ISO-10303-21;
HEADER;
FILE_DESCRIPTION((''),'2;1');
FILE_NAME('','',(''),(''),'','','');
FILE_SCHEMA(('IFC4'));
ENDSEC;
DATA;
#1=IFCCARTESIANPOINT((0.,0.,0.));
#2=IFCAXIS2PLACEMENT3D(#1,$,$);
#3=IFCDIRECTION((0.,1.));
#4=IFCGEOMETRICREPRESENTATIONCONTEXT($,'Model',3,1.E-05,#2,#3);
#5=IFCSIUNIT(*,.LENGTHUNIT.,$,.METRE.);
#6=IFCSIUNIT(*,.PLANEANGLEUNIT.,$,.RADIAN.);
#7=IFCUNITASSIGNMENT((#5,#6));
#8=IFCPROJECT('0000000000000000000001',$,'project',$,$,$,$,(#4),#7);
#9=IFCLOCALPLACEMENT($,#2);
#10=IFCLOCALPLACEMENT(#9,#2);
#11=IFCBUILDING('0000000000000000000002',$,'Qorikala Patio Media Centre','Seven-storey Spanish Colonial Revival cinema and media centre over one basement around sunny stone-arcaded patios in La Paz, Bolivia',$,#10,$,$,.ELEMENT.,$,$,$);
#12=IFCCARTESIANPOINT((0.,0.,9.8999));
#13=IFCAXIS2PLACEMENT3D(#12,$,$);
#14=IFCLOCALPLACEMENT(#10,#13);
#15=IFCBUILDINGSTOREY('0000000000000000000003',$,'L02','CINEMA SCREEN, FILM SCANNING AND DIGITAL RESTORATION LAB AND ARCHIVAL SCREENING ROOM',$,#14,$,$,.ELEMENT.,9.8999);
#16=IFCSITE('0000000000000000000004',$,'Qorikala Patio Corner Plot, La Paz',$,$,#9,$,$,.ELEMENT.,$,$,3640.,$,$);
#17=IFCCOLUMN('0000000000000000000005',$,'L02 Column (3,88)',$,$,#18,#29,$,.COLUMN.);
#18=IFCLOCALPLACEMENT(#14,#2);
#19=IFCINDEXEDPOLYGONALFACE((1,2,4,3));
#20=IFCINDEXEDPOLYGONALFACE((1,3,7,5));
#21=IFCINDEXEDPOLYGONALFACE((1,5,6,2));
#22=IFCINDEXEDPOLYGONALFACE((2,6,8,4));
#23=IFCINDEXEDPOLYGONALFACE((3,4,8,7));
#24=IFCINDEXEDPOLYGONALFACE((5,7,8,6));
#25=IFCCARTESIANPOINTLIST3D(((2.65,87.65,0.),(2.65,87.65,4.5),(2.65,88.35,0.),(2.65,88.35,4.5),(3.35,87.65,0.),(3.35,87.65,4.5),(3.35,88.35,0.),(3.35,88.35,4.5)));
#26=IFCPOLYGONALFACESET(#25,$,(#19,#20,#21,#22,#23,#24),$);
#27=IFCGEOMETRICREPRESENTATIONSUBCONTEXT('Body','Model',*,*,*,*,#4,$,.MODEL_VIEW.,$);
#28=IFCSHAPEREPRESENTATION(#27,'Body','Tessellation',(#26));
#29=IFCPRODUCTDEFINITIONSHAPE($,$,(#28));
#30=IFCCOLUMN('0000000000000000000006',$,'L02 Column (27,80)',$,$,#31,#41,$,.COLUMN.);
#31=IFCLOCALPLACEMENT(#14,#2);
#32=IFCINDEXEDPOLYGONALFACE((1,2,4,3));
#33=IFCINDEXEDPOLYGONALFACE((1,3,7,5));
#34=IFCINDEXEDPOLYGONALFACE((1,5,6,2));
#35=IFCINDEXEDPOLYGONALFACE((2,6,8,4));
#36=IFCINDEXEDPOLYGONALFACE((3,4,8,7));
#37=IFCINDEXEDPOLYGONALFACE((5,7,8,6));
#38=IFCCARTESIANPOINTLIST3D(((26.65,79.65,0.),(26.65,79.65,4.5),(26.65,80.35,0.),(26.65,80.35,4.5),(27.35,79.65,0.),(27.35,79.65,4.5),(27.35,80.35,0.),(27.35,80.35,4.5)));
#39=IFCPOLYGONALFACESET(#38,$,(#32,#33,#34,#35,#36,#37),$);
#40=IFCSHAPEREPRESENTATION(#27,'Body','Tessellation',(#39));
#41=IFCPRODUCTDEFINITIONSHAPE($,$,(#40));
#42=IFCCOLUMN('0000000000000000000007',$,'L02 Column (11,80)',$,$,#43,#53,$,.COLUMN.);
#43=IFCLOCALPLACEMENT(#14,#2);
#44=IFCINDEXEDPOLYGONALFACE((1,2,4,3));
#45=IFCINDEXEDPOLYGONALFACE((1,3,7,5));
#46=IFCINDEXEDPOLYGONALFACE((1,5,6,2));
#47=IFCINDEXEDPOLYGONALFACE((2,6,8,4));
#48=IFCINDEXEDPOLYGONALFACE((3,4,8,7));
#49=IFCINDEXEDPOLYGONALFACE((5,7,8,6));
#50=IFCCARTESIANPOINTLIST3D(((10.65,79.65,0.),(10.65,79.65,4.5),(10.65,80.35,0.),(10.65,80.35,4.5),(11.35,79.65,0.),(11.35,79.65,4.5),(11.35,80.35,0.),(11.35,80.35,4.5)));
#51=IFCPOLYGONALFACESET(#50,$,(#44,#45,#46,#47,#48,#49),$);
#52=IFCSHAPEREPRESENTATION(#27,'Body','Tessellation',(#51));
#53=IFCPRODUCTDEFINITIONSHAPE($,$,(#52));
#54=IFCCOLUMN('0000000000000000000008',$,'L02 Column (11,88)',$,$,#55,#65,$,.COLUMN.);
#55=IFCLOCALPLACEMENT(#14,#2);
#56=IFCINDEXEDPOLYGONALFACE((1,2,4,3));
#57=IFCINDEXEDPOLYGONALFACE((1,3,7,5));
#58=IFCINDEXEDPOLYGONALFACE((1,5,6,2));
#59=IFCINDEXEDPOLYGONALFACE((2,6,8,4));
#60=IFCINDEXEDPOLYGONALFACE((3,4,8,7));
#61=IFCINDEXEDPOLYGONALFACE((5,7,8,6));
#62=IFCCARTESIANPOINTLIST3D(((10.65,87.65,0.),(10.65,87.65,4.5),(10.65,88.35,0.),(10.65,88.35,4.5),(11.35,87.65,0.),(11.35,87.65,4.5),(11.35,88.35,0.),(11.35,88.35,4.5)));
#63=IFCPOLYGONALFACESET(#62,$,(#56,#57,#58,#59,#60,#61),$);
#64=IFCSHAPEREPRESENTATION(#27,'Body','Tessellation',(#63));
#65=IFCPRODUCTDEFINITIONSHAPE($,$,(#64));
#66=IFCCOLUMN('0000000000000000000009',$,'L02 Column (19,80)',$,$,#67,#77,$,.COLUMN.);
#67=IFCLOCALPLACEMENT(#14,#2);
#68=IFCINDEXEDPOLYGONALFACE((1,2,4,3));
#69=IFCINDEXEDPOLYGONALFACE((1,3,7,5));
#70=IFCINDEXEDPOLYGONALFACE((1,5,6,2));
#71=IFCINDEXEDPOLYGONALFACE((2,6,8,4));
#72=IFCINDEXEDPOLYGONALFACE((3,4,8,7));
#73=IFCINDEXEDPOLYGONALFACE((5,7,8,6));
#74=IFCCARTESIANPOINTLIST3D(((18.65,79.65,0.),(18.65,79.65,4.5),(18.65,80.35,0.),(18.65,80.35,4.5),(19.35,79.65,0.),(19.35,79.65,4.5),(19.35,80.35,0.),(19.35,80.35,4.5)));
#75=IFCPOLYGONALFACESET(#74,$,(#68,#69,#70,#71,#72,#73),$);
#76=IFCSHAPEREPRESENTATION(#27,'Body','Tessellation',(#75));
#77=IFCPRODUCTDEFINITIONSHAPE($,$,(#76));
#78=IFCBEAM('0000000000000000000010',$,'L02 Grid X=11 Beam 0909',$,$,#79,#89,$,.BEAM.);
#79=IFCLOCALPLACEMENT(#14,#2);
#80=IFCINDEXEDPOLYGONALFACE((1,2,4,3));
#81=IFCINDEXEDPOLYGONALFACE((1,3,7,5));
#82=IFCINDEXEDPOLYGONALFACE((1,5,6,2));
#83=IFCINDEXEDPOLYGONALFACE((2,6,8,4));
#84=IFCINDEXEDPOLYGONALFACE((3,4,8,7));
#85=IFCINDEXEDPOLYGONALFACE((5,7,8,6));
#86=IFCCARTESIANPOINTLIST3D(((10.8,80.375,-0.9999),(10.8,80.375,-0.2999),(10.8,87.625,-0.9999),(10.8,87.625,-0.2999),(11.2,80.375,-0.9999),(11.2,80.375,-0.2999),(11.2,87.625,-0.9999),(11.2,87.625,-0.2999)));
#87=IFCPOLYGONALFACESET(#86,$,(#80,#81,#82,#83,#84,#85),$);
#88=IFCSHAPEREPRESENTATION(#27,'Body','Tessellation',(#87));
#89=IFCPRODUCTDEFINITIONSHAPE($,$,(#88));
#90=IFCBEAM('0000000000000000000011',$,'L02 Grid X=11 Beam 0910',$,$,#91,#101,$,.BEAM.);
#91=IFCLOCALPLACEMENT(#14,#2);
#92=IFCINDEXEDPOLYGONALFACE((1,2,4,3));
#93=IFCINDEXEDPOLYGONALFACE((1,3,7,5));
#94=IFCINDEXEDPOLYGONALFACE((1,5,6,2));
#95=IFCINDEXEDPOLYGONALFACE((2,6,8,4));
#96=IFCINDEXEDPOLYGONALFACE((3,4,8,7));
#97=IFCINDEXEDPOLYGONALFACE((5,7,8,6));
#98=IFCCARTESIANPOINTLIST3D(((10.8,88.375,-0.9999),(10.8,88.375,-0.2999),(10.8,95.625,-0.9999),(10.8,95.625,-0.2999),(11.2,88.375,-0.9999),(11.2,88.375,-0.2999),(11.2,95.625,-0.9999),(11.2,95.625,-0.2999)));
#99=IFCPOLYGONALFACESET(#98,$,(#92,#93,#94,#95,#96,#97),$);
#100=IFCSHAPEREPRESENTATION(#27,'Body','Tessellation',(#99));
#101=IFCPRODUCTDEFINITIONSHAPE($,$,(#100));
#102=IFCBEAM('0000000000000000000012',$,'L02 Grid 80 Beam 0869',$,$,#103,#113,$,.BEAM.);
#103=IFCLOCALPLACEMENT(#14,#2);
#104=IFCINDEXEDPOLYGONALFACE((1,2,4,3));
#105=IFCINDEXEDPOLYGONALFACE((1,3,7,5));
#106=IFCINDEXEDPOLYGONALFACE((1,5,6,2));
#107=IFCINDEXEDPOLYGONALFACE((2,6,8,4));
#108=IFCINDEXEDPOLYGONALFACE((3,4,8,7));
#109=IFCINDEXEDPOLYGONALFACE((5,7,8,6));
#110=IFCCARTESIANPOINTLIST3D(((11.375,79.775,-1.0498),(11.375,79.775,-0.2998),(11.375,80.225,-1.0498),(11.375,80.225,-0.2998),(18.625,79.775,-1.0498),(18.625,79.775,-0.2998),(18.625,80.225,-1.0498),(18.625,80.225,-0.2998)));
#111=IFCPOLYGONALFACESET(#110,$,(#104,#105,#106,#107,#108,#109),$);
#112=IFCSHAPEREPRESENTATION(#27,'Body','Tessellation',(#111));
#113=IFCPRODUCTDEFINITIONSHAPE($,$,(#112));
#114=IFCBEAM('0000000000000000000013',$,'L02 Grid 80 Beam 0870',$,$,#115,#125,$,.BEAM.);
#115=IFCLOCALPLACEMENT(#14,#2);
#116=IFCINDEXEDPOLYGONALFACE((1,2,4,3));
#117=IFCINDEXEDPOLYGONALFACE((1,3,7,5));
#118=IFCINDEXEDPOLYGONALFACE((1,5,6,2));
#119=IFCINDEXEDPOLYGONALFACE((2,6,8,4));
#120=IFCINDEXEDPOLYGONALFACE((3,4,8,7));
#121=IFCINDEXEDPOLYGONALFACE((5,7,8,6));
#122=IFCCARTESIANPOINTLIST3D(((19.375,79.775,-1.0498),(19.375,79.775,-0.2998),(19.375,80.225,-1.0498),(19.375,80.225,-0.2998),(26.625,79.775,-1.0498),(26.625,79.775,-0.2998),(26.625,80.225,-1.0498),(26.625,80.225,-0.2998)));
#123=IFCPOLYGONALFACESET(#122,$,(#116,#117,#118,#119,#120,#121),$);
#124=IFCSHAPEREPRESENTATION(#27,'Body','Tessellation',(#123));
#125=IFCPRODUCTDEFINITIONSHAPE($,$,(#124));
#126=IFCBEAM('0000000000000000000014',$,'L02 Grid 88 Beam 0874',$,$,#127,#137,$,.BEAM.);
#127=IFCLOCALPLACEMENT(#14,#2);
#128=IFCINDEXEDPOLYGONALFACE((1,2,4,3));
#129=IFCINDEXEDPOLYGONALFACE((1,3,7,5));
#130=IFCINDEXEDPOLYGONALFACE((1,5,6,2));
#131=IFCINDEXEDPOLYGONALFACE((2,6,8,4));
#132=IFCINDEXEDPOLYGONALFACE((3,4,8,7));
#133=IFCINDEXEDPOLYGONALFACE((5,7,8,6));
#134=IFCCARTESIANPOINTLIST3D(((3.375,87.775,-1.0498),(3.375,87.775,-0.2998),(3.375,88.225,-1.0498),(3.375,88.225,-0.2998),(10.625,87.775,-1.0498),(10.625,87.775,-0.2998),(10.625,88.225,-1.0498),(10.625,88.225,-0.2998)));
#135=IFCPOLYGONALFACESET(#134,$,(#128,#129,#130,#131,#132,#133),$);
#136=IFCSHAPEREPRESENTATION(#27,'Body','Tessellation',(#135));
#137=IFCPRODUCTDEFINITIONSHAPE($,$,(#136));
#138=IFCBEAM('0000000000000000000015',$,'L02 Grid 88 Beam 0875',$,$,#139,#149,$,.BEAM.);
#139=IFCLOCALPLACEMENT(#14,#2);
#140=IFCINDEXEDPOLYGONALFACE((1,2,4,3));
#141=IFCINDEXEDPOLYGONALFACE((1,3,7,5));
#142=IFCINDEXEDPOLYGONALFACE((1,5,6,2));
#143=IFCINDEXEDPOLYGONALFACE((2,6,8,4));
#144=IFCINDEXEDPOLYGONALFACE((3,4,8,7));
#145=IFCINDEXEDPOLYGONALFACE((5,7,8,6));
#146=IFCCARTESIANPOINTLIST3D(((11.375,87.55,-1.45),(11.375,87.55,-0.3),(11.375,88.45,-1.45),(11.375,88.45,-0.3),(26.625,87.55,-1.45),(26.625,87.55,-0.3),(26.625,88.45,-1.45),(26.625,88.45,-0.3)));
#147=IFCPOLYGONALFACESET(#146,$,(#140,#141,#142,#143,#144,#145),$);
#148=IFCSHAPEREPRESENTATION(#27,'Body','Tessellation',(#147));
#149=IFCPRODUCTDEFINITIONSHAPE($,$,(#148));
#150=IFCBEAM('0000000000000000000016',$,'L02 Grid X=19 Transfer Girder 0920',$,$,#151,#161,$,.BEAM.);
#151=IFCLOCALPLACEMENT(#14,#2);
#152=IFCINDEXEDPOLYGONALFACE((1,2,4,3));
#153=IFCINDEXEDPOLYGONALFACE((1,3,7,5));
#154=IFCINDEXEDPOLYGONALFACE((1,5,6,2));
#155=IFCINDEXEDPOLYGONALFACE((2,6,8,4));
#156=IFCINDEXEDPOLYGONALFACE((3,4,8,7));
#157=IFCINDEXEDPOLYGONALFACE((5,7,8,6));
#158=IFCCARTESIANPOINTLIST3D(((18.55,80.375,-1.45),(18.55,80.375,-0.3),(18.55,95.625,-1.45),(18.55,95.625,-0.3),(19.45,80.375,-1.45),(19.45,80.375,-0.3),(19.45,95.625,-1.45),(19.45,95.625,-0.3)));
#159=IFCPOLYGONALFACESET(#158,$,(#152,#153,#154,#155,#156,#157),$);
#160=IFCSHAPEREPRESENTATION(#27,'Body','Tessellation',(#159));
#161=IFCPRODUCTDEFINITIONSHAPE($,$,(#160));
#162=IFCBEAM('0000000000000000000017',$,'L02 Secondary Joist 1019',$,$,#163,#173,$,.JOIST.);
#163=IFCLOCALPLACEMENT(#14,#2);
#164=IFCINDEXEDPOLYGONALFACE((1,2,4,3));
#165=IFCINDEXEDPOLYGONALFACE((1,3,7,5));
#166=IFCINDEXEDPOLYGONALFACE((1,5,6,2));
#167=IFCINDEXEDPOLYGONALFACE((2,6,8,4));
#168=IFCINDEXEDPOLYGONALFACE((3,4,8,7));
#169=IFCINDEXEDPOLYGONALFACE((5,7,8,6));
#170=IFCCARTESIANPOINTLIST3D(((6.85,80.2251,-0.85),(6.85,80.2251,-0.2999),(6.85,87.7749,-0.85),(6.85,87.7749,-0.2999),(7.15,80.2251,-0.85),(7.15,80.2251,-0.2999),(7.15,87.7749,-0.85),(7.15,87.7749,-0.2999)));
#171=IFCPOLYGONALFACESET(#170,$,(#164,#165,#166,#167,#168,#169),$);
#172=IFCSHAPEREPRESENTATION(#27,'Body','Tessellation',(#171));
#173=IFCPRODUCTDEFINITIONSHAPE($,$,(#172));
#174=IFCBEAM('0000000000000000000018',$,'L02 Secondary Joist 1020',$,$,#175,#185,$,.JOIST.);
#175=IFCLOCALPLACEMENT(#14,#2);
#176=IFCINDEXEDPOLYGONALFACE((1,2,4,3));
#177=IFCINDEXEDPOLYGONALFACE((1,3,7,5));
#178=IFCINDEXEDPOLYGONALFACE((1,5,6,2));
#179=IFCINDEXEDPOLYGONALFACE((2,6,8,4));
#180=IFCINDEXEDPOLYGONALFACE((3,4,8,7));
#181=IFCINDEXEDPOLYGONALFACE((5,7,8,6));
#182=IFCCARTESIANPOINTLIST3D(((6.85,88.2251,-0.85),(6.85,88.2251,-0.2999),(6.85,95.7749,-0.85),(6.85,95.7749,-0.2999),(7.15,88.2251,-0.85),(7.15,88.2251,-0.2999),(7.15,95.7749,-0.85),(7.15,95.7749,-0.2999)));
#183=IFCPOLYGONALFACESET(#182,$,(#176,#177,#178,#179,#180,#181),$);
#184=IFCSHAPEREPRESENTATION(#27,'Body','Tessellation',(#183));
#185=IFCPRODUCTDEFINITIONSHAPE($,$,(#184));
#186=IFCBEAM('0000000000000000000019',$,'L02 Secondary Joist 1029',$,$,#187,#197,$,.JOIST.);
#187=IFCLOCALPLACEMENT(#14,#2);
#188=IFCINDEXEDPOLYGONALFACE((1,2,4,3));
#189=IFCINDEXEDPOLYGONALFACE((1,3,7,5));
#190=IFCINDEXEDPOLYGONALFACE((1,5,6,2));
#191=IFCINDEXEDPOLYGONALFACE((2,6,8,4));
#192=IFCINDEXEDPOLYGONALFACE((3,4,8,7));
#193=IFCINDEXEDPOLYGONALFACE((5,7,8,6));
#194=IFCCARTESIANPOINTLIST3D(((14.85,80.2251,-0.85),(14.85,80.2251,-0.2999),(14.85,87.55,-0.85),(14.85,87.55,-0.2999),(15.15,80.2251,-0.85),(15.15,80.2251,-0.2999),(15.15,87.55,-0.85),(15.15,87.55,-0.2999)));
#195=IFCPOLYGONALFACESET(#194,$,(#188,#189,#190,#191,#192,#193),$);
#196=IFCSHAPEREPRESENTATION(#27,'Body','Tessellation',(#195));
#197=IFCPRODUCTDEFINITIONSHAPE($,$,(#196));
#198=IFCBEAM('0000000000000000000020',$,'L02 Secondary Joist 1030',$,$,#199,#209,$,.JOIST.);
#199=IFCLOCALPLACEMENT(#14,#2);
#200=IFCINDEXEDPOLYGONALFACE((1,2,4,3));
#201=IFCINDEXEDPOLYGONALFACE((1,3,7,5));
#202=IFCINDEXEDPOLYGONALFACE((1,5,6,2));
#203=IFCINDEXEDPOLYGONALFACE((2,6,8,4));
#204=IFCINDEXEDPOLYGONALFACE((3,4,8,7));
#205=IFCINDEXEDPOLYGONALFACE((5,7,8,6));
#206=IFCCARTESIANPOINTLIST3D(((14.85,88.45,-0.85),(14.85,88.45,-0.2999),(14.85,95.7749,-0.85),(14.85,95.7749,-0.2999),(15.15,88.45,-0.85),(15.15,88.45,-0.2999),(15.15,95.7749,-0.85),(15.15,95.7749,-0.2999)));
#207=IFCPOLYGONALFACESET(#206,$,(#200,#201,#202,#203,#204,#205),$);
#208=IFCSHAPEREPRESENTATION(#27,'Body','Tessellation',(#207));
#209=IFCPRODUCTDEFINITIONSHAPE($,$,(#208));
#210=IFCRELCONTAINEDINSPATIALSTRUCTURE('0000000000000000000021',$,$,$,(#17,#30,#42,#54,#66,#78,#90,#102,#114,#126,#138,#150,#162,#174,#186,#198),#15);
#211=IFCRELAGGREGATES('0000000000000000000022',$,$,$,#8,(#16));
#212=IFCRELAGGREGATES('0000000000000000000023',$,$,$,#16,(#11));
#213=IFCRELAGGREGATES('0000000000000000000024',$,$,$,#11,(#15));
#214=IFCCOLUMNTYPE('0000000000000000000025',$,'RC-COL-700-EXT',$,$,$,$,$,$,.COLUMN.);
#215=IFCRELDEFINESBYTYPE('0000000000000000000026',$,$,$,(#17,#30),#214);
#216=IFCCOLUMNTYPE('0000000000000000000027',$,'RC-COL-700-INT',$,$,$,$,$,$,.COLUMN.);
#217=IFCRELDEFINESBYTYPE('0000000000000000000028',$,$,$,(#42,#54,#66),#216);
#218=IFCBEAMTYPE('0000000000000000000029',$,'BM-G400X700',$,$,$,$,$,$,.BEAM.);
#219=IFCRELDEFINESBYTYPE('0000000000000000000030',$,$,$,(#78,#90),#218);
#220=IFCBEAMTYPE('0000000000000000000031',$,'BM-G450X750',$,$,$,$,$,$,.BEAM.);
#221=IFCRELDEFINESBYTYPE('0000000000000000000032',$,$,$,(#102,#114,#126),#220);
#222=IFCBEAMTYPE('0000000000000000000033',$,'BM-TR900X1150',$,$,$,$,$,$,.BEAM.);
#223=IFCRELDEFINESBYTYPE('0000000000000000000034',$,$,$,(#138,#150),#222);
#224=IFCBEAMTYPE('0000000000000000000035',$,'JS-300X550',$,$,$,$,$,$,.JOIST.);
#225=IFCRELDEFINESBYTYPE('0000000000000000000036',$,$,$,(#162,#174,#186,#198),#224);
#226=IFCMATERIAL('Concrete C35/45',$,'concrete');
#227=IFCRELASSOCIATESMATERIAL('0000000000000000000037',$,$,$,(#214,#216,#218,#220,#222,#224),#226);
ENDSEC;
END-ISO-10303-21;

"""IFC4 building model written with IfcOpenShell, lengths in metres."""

from ifc_helpers import new_model, si_unit, direction, frame, origin, origin_2d, place, context, subcontext, project, spatial, rectangle, extrude, material, material_profile, profile_set, type_object, element, save


model = new_model("IFC4")

# Units and contexts
model_context = context("Model", 3, precision=1e-05, world=origin(), true_north=direction((0.0, 1.0)))
body_context = subcontext(model_context, "Body", "Model", "MODEL_VIEW")
ifc_project = project(units=[si_unit("LENGTHUNIT", "METRE"), si_unit("PLANEANGLEUNIT", "RADIAN")], contexts=[model_context])

# Site, building, storey
site_placement = place(None, origin())
site = spatial("IfcSite", under=ifc_project, at=site_placement, Name="Qorikala Patio Corner Plot, La Paz", CompositionType="ELEMENT", RefElevation=3640.0)
building_placement = place(site_placement, origin())
building = spatial("IfcBuilding", under=site, at=building_placement, Name="Qorikala Patio Media Centre", Description="Seven-storey Spanish Colonial Revival cinema and media centre over one basement around sunny stone-arcaded patios in La Paz, Bolivia", CompositionType="ELEMENT")
storey_placement = place(building_placement, frame((0.0, 0.0, 9.8999)))
storey = spatial("IfcBuildingStorey", under=building, at=storey_placement, Name="L02", Description="CINEMA SCREEN, FILM SCANNING AND DIGITAL RESTORATION LAB AND ARCHIVAL SCREENING ROOM", CompositionType="ELEMENT", Elevation=9.8999)

# Columns
ifc_material_1 = material(Name="Concrete C35/45", Category="concrete")
ifc_material_profile_1 = material_profile(ifc_material_1, rectangle(XDim=0.7, YDim=0.7, at=origin_2d()), Name="RC 700x700")
ifc_profile_set_1 = profile_set([ifc_material_profile_1], Name="Concrete C35/45")
column_type_1 = type_object("IfcColumnType", Name="RC-COL-700-EXT", PredefinedType="COLUMN", material=ifc_profile_set_1)
for number, where, z_axis, x_axis, name in (
    (1, (3.0, 88.0, 0.0), (0.0, 0.0, 1.0), (1.0, 0.0, 0.0), "L02 Column (3,88)"),
    (2, (27.0, 80.0, 0.0), (0.0, 0.0, 1.0), (1.0, 0.0, 0.0), "L02 Column (27,80)"),
):
    element("IfcColumn", number, at=place(storey_placement, frame(where, z_axis=z_axis, x_axis=x_axis)), inside=storey, type_object=column_type_1, Name=name, PredefinedType="COLUMN", context=body_context, shape_type="SweptSolid", body=[
        extrude(rectangle(XDim=0.7, YDim=0.7, at=origin_2d()), origin(), (0.0, 0.0, 1.0), 4.5),
    ])
ifc_material_profile_2 = material_profile(ifc_material_1, rectangle(XDim=0.7, YDim=0.7, at=origin_2d()), Name="RC 700x700")
ifc_profile_set_2 = profile_set([ifc_material_profile_2], Name="Concrete C35/45")
column_type_2 = type_object("IfcColumnType", Name="RC-COL-700-INT", PredefinedType="COLUMN", material=ifc_profile_set_2)
for number, where, z_axis, x_axis, name in (
    (3, (11.0, 80.0, 0.0), (0.0, 0.0, 1.0), (1.0, 0.0, 0.0), "L02 Column (11,80)"),
    (4, (11.0, 88.0, 0.0), (0.0, 0.0, 1.0), (1.0, 0.0, 0.0), "L02 Column (11,88)"),
    (5, (19.0, 80.0, 0.0), (0.0, 0.0, 1.0), (1.0, 0.0, 0.0), "L02 Column (19,80)"),
):
    element("IfcColumn", number, at=place(storey_placement, frame(where, z_axis=z_axis, x_axis=x_axis)), inside=storey, type_object=column_type_2, Name=name, PredefinedType="COLUMN", context=body_context, shape_type="SweptSolid", body=[
        extrude(rectangle(XDim=0.7, YDim=0.7, at=origin_2d()), origin(), (0.0, 0.0, 1.0), 4.5),
    ])

# Beams
ifc_material_profile_3 = material_profile(ifc_material_1, rectangle(XDim=0.3999, YDim=0.7, at=origin_2d()), Name="RC 400x700")
ifc_profile_set_3 = profile_set([ifc_material_profile_3], Name="Concrete C35/45")
beam_type_1 = type_object("IfcBeamType", Name="BM-G400X700", PredefinedType="BEAM", material=ifc_profile_set_3)
for number, where, z_axis, x_axis, name in (
    (6, (11.0, 80.375, -0.6499), (0.0, 1.0, 0.0), (-1.0, 0.0, 0.0), "L02 Grid X=11 Beam 0909"),
    (7, (11.0, 88.375, -0.6499), (0.0, 1.0, 0.0), (-1.0, 0.0, 0.0), "L02 Grid X=11 Beam 0910"),
):
    element("IfcBeam", number, at=place(storey_placement, frame(where, z_axis=z_axis, x_axis=x_axis)), inside=storey, type_object=beam_type_1, Name=name, PredefinedType="BEAM", context=body_context, shape_type="SweptSolid", body=[
        extrude(rectangle(XDim=0.3999, YDim=0.7, at=origin_2d()), origin(), (0.0, 0.0, 1.0), 7.25),
    ])
ifc_material_profile_4 = material_profile(ifc_material_1, rectangle(XDim=0.45, YDim=0.75, at=origin_2d()), Name="RC 450x750")
ifc_profile_set_4 = profile_set([ifc_material_profile_4], Name="Concrete C35/45")
beam_type_2 = type_object("IfcBeamType", Name="BM-G450X750", PredefinedType="BEAM", material=ifc_profile_set_4)
for number, where, z_axis, x_axis, name in (
    (8, (11.375, 80.0, -0.6748), (1.0, 0.0, 0.0), (0.0, 1.0, 0.0), "L02 Grid 80 Beam 0869"),
    (9, (19.375, 80.0, -0.6748), (1.0, 0.0, 0.0), (0.0, 1.0, 0.0), "L02 Grid 80 Beam 0870"),
    (10, (3.375, 88.0, -0.6748), (1.0, 0.0, 0.0), (0.0, 1.0, 0.0), "L02 Grid 88 Beam 0874"),
):
    element("IfcBeam", number, at=place(storey_placement, frame(where, z_axis=z_axis, x_axis=x_axis)), inside=storey, type_object=beam_type_2, Name=name, PredefinedType="BEAM", context=body_context, shape_type="SweptSolid", body=[
        extrude(rectangle(XDim=0.45, YDim=0.75, at=origin_2d()), origin(), (0.0, 0.0, 1.0), 7.25),
    ])
ifc_material_profile_5 = material_profile(ifc_material_1, rectangle(XDim=0.8999, YDim=1.1499, at=origin_2d()), Name="RC 900x1150")
ifc_profile_set_5 = profile_set([ifc_material_profile_5], Name="Concrete C35/45")
beam_type_3 = type_object("IfcBeamType", Name="BM-TR900X1150", PredefinedType="BEAM", material=ifc_profile_set_5)
for number, where, z_axis, x_axis, name in (
    (11, (11.375, 88.0, -0.875), (1.0, 0.0, 0.0), (0.0, 1.0, 0.0), "L02 Grid 88 Beam 0875"),
    (12, (19.0, 80.375, -0.875), (0.0, 1.0, 0.0), (-1.0, 0.0, 0.0), "L02 Grid X=19 Transfer Girder 0920"),
):
    element("IfcBeam", number, at=place(storey_placement, frame(where, z_axis=z_axis, x_axis=x_axis)), inside=storey, type_object=beam_type_3, Name=name, PredefinedType="BEAM", context=body_context, shape_type="SweptSolid", body=[
        extrude(rectangle(XDim=0.8999, YDim=1.1499, at=origin_2d()), origin(), (0.0, 0.0, 1.0), 15.25),
    ])
ifc_material_profile_6 = material_profile(ifc_material_1, rectangle(XDim=0.3, YDim=0.55, at=origin_2d()), Name="RC 300x550")
ifc_profile_set_6 = profile_set([ifc_material_profile_6], Name="Concrete C35/45")
beam_type_4 = type_object("IfcBeamType", Name="JS-300X550", PredefinedType="JOIST", material=ifc_profile_set_6)
for number, where, z_axis, x_axis, name in (
    (13, (7.0, 80.2251, -0.575), (0.0, 1.0, 0.0), (-1.0, 0.0, 0.0), "L02 Secondary Joist 1019"),
    (14, (7.0, 88.2251, -0.575), (0.0, 1.0, 0.0), (-1.0, 0.0, 0.0), "L02 Secondary Joist 1020"),
):
    element("IfcBeam", number, at=place(storey_placement, frame(where, z_axis=z_axis, x_axis=x_axis)), inside=storey, type_object=beam_type_4, Name=name, PredefinedType="JOIST", context=body_context, shape_type="SweptSolid", body=[
        extrude(rectangle(XDim=0.3, YDim=0.55, at=origin_2d()), origin(), (0.0, 0.0, 1.0), 7.5498),
    ])
for number, where, z_axis, x_axis, name in (
    (15, (15.0, 80.2251, -0.575), (0.0, 1.0, 0.0), (-1.0, 0.0, 0.0), "L02 Secondary Joist 1029"),
    (16, (15.0, 88.45, -0.575), (0.0, 1.0, 0.0), (-1.0, 0.0, 0.0), "L02 Secondary Joist 1030"),
):
    element("IfcBeam", number, at=place(storey_placement, frame(where, z_axis=z_axis, x_axis=x_axis)), inside=storey, type_object=beam_type_4, Name=name, PredefinedType="JOIST", context=body_context, shape_type="SweptSolid", body=[
        extrude(rectangle(XDim=0.3, YDim=0.55, at=origin_2d()), origin(), (0.0, 0.0, 1.0), 7.325),
    ])

save(model, "model.ifc")
